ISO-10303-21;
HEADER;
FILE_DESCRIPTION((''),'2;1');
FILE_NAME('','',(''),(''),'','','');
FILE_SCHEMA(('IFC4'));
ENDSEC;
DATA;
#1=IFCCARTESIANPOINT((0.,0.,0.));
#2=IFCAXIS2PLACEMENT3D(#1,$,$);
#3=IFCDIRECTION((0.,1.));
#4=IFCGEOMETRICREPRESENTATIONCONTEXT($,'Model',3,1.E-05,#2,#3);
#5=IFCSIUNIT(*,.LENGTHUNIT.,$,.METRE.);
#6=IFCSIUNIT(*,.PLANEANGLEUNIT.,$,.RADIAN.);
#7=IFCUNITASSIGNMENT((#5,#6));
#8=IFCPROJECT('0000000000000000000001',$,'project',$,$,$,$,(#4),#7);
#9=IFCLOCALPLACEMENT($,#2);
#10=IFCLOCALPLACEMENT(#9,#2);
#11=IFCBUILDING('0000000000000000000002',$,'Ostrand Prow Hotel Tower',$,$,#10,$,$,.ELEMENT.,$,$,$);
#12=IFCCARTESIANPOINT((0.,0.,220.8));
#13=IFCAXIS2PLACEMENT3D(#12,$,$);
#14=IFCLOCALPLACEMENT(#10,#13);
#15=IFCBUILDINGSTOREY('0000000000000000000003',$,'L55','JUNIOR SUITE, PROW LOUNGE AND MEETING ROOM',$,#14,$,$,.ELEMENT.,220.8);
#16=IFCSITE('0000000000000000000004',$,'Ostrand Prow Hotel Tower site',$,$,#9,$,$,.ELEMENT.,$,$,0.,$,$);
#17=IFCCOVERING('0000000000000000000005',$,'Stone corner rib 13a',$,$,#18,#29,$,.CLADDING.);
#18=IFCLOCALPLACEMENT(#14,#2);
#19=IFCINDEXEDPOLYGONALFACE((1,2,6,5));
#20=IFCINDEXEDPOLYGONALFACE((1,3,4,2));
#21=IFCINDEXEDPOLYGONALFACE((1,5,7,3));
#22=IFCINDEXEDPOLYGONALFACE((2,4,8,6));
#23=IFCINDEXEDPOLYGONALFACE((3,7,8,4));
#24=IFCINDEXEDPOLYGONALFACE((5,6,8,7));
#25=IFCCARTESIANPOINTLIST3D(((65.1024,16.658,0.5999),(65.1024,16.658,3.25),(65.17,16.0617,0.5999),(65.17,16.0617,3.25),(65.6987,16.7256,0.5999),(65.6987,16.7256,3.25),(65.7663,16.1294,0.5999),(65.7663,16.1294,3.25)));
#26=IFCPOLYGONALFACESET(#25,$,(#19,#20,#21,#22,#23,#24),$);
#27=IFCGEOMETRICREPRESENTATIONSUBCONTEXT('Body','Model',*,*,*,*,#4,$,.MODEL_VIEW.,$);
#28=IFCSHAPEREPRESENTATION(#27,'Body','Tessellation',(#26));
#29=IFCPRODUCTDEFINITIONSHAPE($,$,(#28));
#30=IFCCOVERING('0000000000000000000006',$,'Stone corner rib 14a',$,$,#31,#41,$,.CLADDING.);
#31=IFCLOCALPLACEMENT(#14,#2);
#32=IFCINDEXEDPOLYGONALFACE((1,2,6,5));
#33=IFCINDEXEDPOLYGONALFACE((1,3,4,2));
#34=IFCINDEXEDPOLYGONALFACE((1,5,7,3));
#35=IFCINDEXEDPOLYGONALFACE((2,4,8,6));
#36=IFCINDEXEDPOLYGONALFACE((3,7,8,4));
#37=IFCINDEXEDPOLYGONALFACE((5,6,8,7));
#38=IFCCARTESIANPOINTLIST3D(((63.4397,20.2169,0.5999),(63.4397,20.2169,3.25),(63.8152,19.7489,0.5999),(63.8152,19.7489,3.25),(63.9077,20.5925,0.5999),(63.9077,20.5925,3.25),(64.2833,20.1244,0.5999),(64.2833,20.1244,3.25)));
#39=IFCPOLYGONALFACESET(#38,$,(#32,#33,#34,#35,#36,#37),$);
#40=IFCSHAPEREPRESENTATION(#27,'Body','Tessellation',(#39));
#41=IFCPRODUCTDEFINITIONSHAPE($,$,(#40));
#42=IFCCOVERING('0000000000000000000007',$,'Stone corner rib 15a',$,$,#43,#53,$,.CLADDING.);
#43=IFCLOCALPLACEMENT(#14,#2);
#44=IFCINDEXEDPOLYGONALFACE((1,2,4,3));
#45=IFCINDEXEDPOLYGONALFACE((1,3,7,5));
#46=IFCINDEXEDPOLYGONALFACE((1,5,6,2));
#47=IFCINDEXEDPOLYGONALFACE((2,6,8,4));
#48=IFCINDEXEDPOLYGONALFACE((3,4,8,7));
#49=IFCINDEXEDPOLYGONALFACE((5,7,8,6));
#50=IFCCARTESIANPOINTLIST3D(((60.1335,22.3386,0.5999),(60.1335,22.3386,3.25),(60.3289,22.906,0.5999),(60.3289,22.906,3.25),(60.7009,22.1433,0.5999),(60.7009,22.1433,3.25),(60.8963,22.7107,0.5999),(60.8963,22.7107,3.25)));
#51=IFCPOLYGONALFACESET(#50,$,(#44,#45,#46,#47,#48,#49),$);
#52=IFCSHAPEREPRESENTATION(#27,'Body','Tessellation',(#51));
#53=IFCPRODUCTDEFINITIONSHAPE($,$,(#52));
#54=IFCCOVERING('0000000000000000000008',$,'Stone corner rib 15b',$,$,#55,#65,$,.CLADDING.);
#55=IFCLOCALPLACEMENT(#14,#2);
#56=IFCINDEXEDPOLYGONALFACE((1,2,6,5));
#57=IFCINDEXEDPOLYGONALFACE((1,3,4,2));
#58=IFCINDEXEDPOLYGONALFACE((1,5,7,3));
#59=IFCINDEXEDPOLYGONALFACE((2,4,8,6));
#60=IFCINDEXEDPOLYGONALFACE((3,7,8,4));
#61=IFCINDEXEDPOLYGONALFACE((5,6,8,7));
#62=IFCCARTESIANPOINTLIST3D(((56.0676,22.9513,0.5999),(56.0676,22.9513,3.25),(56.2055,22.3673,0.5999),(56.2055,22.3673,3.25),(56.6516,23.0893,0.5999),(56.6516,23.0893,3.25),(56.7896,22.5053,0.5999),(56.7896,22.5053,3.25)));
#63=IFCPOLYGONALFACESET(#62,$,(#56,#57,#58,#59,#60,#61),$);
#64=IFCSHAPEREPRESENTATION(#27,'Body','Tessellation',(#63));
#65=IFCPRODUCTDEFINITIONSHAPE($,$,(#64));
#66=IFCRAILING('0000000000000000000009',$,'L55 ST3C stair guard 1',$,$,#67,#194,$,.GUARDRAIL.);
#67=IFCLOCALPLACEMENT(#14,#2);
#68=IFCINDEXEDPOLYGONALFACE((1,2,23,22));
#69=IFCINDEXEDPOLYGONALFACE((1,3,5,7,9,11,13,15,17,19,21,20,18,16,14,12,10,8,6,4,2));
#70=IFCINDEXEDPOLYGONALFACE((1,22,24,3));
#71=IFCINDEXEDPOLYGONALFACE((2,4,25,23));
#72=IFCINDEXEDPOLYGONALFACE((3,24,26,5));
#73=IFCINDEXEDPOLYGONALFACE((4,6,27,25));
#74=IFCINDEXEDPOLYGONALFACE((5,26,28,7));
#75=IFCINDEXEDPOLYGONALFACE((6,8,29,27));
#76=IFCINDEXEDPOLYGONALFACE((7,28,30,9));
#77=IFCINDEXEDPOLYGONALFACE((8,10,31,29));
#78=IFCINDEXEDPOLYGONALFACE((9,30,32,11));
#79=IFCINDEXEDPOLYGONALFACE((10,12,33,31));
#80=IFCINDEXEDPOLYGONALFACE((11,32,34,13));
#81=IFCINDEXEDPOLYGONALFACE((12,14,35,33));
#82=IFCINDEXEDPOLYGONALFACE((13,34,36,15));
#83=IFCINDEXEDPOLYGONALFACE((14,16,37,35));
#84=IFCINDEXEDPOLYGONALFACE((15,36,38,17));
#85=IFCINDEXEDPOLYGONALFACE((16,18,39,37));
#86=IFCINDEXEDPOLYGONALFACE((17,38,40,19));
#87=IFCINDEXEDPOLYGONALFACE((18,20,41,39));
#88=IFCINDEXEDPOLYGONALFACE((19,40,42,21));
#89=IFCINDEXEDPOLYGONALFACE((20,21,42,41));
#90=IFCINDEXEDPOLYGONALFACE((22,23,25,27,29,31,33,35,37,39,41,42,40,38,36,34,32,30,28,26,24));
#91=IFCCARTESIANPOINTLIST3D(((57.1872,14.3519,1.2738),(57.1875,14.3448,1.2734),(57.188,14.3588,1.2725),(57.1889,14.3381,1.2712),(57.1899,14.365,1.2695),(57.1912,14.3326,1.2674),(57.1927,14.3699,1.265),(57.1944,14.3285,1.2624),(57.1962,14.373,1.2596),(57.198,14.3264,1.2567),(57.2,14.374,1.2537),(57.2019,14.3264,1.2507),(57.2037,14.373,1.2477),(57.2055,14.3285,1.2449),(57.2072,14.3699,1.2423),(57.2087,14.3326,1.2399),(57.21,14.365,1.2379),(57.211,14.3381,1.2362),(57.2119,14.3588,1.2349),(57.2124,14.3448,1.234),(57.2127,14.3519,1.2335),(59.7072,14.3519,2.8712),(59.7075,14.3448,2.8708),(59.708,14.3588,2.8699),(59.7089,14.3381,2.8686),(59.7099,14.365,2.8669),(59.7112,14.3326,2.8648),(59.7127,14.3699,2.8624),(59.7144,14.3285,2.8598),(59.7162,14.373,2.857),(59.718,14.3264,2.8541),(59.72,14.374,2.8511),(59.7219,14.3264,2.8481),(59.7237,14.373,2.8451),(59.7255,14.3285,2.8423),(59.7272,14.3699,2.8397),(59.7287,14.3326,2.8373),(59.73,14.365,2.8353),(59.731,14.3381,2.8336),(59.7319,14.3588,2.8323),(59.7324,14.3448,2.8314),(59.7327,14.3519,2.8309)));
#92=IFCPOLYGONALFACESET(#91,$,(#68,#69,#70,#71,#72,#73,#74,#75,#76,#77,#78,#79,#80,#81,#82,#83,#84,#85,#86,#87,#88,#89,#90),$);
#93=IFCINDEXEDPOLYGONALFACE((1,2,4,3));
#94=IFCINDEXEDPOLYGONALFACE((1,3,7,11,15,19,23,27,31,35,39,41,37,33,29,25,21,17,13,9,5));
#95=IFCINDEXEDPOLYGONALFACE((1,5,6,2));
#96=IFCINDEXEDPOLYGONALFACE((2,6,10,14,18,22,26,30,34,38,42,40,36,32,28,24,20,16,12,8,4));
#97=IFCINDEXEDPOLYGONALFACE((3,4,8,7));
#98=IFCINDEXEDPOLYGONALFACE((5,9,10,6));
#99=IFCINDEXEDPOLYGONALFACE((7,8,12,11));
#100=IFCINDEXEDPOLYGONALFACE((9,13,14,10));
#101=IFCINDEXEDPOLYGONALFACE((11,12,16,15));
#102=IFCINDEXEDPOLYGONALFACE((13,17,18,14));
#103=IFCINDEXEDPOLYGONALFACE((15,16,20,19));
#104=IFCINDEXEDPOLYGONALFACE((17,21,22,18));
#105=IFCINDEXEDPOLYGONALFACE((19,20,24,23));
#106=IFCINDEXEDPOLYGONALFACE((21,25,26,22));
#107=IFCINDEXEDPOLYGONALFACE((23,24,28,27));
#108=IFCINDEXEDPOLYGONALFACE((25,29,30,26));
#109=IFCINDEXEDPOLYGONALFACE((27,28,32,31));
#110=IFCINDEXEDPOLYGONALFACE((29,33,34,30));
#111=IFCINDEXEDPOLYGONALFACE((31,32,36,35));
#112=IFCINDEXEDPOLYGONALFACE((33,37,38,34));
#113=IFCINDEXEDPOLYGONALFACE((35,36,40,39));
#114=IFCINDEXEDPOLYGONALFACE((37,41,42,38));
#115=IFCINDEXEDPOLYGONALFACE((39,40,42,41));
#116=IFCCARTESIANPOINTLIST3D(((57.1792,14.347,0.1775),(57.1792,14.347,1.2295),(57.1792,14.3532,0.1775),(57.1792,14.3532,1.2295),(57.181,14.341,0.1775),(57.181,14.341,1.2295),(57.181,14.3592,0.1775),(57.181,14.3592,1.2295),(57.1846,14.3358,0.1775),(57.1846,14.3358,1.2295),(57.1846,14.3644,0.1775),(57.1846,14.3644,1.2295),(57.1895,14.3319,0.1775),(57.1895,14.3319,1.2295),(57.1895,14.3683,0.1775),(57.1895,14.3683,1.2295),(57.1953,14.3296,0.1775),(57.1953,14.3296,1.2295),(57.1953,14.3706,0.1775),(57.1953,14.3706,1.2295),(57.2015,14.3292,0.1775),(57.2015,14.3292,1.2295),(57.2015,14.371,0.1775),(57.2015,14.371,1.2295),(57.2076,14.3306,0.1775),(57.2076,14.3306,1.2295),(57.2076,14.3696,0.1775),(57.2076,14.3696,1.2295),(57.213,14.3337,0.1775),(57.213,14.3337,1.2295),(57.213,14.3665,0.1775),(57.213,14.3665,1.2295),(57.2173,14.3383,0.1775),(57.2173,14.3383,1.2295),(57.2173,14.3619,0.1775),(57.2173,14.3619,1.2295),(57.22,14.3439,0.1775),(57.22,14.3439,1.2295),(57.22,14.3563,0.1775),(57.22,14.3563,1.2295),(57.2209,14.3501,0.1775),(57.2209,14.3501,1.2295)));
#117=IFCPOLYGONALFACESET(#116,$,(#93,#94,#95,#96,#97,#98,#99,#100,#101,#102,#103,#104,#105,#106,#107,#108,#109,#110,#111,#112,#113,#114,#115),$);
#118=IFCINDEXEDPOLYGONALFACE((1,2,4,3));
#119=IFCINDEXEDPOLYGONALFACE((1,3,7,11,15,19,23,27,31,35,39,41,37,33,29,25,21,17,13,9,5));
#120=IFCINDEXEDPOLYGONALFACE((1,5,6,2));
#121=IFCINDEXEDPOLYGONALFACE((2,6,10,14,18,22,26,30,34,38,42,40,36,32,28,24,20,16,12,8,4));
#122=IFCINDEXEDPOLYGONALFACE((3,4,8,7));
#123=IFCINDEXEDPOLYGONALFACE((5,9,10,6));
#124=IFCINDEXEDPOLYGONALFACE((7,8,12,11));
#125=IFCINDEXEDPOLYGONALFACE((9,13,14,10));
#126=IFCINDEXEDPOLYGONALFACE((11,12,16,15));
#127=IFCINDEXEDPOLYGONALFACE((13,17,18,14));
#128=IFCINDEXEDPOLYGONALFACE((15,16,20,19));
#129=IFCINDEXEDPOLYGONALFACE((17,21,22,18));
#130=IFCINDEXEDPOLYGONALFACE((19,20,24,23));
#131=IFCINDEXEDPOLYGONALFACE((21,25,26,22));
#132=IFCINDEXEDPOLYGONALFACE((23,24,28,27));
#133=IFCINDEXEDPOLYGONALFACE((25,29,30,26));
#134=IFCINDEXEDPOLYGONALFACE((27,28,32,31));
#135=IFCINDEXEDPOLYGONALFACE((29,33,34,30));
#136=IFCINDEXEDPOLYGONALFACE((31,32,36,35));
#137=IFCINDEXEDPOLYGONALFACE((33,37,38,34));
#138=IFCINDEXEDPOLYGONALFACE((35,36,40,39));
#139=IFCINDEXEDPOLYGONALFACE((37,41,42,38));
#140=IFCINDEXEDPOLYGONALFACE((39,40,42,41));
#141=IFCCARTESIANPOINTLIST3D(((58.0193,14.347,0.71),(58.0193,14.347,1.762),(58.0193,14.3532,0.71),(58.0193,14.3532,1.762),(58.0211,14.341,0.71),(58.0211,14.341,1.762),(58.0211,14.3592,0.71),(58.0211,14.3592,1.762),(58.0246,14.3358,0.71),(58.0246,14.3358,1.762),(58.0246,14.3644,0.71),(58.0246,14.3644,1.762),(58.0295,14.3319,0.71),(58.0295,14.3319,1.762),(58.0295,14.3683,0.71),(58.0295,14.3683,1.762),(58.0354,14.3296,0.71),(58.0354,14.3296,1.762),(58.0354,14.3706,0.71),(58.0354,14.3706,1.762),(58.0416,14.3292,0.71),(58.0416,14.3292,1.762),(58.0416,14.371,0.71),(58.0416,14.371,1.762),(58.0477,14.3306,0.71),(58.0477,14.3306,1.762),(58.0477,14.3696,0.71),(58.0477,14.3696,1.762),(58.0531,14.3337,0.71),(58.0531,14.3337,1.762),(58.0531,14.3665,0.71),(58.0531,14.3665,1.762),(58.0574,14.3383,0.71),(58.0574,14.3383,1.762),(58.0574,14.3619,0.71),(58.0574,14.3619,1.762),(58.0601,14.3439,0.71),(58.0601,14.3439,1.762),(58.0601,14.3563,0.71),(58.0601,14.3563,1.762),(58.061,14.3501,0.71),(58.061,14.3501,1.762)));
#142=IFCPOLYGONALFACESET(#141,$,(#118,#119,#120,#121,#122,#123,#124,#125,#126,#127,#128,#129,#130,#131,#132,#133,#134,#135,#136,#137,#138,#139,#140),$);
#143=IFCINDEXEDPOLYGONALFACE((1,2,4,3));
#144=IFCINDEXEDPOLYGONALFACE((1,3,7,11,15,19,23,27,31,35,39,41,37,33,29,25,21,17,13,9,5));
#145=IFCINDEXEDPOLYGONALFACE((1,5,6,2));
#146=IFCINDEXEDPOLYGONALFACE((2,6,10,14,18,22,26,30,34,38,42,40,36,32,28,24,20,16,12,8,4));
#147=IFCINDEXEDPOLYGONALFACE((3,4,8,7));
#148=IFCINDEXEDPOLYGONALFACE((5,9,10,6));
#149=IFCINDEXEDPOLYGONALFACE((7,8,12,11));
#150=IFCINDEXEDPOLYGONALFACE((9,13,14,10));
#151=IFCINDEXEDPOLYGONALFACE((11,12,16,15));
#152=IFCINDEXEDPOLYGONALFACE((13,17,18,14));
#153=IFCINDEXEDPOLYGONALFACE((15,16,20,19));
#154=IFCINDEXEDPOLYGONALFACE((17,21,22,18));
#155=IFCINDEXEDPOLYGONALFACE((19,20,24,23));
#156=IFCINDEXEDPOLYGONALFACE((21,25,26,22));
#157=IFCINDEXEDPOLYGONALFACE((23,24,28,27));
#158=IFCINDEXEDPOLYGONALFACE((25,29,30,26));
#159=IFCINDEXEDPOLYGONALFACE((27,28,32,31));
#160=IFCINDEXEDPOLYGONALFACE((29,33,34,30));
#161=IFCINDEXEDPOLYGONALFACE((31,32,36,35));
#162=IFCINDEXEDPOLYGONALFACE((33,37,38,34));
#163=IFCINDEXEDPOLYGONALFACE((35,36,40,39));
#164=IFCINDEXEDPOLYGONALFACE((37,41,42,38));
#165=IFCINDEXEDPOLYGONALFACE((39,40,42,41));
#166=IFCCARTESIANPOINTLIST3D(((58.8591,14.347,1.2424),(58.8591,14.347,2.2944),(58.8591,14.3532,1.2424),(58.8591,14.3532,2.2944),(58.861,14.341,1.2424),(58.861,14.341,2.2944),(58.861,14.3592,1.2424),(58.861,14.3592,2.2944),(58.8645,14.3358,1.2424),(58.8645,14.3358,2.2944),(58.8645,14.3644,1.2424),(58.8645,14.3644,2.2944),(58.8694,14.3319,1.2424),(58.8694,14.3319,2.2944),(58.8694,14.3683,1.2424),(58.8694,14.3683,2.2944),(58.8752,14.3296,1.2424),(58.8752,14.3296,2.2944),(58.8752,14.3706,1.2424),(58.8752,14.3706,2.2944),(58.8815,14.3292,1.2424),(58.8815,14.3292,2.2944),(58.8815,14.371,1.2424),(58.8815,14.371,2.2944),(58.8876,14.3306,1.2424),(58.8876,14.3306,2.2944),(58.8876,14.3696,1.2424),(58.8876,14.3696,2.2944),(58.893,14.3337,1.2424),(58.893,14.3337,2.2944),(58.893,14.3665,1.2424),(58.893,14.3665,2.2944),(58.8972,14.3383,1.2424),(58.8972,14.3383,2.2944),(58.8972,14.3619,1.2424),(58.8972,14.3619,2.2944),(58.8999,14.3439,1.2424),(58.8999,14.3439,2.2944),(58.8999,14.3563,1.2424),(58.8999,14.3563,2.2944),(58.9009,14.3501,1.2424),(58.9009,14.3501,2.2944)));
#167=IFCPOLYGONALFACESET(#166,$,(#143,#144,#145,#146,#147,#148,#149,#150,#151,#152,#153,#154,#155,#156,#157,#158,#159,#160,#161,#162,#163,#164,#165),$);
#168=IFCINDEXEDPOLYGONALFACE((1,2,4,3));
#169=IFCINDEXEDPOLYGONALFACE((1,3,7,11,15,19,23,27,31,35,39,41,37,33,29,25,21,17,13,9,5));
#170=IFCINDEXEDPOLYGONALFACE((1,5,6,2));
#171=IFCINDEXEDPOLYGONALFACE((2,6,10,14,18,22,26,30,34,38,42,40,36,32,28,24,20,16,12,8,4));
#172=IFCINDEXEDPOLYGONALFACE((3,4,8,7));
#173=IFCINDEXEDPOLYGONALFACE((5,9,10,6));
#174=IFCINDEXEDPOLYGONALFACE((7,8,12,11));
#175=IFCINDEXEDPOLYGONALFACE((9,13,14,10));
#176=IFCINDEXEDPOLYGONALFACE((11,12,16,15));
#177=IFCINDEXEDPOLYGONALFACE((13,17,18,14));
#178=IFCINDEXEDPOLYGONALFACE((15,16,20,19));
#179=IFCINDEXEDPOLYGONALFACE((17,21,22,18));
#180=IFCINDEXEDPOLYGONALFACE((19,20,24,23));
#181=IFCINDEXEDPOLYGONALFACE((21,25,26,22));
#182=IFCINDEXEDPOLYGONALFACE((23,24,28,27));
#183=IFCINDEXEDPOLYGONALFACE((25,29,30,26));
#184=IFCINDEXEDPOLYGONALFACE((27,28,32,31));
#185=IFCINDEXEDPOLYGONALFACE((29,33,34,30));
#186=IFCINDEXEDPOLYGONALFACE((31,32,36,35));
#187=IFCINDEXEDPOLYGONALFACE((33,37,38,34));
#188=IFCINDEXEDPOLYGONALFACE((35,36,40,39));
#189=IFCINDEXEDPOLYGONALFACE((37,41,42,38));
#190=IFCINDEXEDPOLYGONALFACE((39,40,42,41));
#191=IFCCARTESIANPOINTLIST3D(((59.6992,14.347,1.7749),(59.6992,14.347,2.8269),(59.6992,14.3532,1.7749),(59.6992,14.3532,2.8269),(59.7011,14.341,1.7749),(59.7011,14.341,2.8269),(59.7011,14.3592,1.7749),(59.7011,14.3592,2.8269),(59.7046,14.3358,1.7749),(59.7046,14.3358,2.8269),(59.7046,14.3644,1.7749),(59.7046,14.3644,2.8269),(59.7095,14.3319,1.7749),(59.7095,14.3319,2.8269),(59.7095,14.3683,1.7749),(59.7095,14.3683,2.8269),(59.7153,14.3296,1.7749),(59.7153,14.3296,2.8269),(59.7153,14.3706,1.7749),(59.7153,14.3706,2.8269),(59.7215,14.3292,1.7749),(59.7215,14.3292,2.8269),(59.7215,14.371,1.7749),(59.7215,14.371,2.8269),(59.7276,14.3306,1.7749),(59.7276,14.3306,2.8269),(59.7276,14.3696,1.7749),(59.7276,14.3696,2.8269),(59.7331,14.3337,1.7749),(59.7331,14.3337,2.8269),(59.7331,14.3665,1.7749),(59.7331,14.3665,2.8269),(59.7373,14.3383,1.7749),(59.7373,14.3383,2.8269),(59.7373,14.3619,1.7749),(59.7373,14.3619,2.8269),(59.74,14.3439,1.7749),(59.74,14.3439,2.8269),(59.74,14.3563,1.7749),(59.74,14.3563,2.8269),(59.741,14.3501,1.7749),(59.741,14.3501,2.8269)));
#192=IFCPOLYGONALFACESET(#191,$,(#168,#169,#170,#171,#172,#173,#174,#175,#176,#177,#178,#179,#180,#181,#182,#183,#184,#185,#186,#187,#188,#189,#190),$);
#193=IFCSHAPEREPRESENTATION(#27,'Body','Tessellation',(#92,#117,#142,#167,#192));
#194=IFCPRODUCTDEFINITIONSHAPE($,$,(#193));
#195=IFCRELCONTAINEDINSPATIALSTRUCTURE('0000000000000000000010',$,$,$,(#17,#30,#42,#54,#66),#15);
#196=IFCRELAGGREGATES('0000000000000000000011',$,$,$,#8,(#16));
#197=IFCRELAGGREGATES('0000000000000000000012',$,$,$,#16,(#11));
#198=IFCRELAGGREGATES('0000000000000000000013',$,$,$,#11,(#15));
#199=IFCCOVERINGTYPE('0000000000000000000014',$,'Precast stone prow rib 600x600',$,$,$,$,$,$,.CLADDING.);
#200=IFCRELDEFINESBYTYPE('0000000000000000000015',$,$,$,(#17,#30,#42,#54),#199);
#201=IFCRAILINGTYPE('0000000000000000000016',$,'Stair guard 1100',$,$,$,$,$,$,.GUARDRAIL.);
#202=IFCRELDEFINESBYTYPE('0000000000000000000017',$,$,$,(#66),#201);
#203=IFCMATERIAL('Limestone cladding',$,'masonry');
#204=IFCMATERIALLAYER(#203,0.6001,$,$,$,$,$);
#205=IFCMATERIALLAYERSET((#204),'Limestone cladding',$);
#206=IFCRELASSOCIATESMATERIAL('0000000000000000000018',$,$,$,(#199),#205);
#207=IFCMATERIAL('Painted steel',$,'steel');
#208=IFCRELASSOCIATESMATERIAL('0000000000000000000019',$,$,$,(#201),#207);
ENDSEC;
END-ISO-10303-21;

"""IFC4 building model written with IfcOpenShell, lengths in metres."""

from ifc_helpers import new_model, si_unit, direction, frame, frame_2d, origin, origin_2d, place, context, subcontext, project, spatial, rectangle, circle, extrude, material, layer, layer_set, type_object, element, save


model = new_model("IFC4")

# Units and contexts
model_context = context("Model", 3, precision=1e-05, world=origin(), true_north=direction((0.0, 1.0)))
body_context = subcontext(model_context, "Body", "Model", "MODEL_VIEW")
ifc_project = project(units=[si_unit("LENGTHUNIT", "METRE"), si_unit("PLANEANGLEUNIT", "RADIAN")], contexts=[model_context])

# Site, building, storey
site_placement = place(None, origin())
site = spatial("IfcSite", under=ifc_project, at=site_placement, Name="Ostrand Prow Hotel Tower site", CompositionType="ELEMENT", RefElevation=0.0)
building_placement = place(site_placement, origin())
building = spatial("IfcBuilding", under=site, at=building_placement, Name="Ostrand Prow Hotel Tower", CompositionType="ELEMENT")
storey_placement = place(building_placement, frame((0.0, 0.0, 220.8)))
storey = spatial("IfcBuildingStorey", under=building, at=storey_placement, Name="L55", Description="JUNIOR SUITE, PROW LOUNGE AND MEETING ROOM", CompositionType="ELEMENT", Elevation=220.8)

# Coverings
ifc_material_1 = material(Name="Limestone cladding", Category="masonry")
ifc_layer_1 = layer(ifc_material_1, 0.6001)
ifc_layer_set_1 = layer_set([ifc_layer_1], Name="Limestone cladding")
covering_type = type_object("IfcCoveringType", Name="Precast stone prow rib 600x600", PredefinedType="CLADDING", material=ifc_layer_set_1)
for number, where, z_axis, x_axis, name in (
    (1, (65.1362, 16.3599, 0.5999), (0.0, 0.0, 1.0), (0.993628, 0.112709, 0.0), "Stone corner rib 13a"),
    (2, (63.6274, 19.9829, 0.5999), (0.0, 0.0, 1.0), (0.779995, 0.625786, 0.0), "Stone corner rib 14a"),
    (3, (60.4172, 22.241, 0.5999), (0.0, 0.0, 1.0), (0.325489, 0.945546, 0.0), "Stone corner rib 15a"),
    (4, (56.4976, 22.4363, 0.5999), (0.0, 0.0, 1.0), (-0.229878, 0.973219, 0.0), "Stone corner rib 15b"),
):
    element("IfcCovering", number, at=place(storey_placement, frame(where, z_axis=z_axis, x_axis=x_axis)), inside=storey, type_object=covering_type, Name=name, PredefinedType="CLADDING", context=body_context, shape_type="SweptSolid", body=[
        extrude(rectangle(XDim=0.6001, YDim=0.6001, at=frame_2d((0.3, 0.0))), origin(), (0.0, 0.0, 1.0), 2.6501),
    ])

# Railing
ifc_material_2 = material(Name="Painted steel", Category="steel")
railing_type_1 = type_object("IfcRailingType", Name="Stair guard 1100", PredefinedType="GUARDRAIL", material=ifc_material_2)
railing_1_placement = place(storey_placement, frame((57.2, 14.3501, 0.1775)))
element("IfcRailing", 5, at=railing_1_placement, inside=storey, type_object=railing_type_1, Name="L55 ST3C stair guard 1", PredefinedType="GUARDRAIL", context=body_context, shape_type="SweptSolid", body=[
    extrude(circle(Radius=0.0239, at=origin_2d()), frame((0.0, 0.0, 1.0762), z_axis=(0.844607, 0.0, 0.535387), x_axis=(0.0, 1.0, 0.0)), (0.0, 0.0, 1.0), 2.9836),
    extrude(circle(Radius=0.021, at=origin_2d()), origin(), (0.0, 0.0, 1.0), 1.052),
    extrude(circle(Radius=0.021, at=origin_2d()), frame((0.8401, 0.0, 0.5325)), (0.0, 0.0, 1.0), 1.052),
    extrude(circle(Radius=0.021, at=origin_2d()), frame((1.6799, 0.0, 1.0649)), (0.0, 0.0, 1.0), 1.052),
    extrude(circle(Radius=0.021, at=origin_2d()), frame((2.52, 0.0, 1.5974)), (0.0, 0.0, 1.0), 1.052),
])

save(model, "model.ifc")
